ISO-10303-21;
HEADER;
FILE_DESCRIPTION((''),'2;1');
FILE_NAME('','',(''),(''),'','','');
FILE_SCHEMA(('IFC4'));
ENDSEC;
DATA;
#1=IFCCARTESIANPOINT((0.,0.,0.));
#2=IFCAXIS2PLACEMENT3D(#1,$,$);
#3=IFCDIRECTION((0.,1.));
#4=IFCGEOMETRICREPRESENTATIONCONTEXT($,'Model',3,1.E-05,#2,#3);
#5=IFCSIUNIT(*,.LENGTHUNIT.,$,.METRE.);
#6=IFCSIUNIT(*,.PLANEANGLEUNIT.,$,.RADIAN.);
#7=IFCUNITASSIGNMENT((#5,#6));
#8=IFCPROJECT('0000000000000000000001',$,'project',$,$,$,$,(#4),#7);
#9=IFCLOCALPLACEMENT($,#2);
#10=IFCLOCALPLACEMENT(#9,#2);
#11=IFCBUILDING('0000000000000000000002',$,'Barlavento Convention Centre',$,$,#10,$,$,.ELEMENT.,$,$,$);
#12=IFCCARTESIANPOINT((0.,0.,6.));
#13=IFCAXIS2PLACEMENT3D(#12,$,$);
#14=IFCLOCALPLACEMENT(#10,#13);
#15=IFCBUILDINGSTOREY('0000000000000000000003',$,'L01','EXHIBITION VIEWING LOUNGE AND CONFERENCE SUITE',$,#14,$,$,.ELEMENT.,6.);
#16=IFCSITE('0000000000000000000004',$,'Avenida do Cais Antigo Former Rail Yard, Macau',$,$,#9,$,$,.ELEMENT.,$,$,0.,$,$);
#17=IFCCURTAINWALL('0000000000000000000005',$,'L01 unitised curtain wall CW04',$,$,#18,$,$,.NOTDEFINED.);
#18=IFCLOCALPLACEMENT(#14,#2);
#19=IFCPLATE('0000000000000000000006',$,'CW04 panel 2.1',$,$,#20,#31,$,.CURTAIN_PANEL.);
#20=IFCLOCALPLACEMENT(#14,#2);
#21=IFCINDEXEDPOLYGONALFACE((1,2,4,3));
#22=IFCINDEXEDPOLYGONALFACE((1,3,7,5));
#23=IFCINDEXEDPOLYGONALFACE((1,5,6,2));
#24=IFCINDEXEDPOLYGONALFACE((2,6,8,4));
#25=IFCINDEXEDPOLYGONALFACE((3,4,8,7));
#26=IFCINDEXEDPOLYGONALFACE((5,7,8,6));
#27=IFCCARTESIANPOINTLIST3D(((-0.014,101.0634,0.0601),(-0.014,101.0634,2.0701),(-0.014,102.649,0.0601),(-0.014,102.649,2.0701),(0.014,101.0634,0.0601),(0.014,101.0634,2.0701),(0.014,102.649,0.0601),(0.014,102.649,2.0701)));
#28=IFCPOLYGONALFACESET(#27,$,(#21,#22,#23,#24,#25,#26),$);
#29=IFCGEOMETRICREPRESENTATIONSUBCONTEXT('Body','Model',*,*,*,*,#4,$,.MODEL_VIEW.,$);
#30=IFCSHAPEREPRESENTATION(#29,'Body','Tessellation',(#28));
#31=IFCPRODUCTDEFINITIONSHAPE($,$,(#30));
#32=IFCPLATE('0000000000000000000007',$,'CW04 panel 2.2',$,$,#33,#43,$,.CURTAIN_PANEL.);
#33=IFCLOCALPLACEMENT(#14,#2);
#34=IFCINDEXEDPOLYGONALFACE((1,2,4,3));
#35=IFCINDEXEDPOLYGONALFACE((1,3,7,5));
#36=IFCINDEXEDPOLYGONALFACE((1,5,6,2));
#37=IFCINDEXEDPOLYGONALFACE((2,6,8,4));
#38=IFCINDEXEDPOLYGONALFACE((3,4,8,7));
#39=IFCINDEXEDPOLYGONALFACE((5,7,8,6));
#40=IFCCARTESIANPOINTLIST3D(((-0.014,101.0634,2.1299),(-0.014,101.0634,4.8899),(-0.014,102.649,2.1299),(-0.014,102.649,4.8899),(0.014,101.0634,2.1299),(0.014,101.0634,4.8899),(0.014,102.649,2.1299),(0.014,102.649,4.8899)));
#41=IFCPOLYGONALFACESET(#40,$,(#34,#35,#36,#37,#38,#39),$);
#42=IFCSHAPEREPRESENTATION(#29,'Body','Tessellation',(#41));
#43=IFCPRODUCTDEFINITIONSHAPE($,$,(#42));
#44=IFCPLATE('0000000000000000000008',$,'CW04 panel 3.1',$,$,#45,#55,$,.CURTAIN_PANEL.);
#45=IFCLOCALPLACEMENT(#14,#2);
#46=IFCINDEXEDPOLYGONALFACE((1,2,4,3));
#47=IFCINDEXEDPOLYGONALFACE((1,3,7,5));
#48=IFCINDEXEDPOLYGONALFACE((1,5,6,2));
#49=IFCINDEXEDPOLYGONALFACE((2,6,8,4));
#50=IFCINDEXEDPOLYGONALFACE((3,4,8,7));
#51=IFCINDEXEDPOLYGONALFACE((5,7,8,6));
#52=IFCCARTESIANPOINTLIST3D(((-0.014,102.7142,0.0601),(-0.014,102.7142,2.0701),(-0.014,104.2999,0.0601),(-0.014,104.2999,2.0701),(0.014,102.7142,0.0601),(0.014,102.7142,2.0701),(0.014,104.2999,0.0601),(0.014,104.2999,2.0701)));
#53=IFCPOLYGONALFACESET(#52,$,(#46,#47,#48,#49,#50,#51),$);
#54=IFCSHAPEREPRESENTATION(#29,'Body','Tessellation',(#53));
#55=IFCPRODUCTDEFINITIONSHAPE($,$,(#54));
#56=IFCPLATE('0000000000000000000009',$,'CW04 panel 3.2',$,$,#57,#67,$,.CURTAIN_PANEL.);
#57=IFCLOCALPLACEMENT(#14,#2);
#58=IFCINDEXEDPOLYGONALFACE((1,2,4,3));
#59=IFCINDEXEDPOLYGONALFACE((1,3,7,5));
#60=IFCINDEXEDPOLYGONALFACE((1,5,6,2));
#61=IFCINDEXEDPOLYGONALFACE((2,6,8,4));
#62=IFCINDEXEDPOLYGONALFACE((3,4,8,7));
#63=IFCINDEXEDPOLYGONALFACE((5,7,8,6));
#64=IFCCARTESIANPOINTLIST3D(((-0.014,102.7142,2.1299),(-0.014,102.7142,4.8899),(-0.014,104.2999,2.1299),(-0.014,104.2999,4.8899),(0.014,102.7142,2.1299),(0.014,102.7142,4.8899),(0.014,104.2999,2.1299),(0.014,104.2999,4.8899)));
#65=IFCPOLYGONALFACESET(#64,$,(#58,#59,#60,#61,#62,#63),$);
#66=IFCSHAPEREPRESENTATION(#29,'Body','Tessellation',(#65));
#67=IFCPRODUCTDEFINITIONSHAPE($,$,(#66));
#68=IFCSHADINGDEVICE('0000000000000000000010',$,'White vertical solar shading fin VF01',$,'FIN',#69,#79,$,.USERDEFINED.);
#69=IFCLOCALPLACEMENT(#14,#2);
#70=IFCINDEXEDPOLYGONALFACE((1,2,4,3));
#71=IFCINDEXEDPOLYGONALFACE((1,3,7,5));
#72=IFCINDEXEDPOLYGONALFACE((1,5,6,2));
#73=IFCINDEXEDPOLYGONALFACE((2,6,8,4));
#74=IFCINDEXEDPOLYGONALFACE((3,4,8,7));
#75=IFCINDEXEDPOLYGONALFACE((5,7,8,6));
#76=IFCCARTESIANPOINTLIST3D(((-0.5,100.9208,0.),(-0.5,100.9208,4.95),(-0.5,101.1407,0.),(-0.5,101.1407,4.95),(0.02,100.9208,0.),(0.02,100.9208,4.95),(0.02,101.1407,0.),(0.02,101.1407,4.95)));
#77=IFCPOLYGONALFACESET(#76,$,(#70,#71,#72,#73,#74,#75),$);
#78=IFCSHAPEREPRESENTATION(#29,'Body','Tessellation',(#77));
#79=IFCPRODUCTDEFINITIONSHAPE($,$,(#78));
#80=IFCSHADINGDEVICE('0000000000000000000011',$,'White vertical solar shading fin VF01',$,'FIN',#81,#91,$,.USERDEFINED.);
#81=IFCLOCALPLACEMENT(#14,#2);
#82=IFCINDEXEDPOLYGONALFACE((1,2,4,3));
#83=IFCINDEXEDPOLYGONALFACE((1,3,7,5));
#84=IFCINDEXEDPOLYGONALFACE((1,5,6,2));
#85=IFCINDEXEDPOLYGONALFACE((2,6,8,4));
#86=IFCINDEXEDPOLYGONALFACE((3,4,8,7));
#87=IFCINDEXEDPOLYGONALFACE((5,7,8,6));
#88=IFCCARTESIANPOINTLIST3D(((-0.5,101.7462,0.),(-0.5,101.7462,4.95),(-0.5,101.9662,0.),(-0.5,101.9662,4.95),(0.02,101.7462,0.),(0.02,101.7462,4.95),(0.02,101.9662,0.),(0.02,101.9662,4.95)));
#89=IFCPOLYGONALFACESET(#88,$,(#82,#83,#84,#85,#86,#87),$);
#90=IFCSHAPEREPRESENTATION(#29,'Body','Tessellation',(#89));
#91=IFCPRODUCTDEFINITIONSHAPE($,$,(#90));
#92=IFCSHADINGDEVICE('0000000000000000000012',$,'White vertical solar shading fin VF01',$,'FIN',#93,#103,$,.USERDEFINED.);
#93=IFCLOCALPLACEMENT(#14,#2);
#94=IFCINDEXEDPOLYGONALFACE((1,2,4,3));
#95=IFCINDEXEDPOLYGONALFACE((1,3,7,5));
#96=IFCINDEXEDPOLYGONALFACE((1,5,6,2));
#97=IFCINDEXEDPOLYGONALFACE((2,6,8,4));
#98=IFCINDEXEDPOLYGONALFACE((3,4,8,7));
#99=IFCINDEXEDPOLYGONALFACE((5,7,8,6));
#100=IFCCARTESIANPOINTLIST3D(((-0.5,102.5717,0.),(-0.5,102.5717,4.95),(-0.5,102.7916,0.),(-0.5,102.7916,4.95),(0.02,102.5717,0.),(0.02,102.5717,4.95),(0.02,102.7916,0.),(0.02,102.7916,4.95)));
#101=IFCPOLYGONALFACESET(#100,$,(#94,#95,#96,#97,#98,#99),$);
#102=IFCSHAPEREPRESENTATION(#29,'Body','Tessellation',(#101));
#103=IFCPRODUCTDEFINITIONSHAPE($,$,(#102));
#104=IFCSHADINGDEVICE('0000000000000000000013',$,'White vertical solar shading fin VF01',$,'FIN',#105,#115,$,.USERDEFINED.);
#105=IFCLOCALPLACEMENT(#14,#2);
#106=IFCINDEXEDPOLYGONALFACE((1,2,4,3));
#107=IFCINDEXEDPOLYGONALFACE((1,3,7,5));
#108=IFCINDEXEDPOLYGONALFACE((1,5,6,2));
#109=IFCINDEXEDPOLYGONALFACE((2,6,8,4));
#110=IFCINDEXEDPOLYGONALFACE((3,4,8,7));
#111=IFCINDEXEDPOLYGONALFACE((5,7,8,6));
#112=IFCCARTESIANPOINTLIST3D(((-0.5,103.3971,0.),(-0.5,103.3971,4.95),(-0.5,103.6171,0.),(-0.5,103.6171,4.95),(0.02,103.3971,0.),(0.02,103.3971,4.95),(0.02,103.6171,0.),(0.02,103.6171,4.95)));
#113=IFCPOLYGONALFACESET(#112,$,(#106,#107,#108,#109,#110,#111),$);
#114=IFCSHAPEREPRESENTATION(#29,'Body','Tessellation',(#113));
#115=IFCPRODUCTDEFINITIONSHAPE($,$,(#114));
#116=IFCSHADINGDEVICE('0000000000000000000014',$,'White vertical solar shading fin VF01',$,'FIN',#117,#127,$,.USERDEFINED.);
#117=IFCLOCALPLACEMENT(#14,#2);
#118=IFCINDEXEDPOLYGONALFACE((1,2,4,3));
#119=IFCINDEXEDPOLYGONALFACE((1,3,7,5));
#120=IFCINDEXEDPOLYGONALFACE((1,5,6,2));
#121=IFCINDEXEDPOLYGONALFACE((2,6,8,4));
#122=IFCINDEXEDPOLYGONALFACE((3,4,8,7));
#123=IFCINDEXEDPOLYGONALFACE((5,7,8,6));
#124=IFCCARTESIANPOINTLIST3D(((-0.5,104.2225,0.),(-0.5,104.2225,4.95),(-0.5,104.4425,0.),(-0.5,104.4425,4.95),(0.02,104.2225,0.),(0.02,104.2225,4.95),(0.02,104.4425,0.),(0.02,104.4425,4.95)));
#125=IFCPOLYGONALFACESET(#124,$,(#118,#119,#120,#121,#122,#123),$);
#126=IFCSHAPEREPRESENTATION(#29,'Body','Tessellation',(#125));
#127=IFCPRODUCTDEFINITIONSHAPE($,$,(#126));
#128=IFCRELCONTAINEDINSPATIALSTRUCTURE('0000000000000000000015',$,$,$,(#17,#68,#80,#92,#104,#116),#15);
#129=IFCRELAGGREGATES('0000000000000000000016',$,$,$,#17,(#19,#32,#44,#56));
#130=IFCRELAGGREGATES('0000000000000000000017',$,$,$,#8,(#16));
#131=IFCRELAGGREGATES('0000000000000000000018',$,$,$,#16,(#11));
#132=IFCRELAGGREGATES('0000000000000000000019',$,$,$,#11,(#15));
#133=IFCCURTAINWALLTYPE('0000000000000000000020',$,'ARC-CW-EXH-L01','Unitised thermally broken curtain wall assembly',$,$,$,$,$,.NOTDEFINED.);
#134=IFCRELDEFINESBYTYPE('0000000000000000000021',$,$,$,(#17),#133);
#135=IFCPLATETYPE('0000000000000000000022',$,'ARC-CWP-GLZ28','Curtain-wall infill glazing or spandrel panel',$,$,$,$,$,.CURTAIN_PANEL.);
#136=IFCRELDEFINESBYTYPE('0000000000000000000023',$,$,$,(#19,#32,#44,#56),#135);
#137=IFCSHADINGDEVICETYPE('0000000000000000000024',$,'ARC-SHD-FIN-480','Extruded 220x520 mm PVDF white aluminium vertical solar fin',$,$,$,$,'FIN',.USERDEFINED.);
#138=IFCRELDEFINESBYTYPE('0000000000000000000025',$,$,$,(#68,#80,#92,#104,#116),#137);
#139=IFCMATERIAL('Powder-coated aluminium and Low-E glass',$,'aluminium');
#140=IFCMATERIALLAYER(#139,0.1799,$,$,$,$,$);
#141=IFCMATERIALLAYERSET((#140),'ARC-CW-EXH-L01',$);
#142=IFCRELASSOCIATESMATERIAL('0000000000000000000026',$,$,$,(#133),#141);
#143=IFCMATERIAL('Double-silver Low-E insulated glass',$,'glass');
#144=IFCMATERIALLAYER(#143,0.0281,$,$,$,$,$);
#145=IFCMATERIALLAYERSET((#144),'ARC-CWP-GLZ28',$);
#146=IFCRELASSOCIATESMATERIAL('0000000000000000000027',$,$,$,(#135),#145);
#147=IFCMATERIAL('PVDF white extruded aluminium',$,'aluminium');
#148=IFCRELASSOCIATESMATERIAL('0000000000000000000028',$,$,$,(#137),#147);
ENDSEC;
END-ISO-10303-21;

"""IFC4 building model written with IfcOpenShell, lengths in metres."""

from ifc_helpers import new_model, si_unit, direction, frame, origin, origin_2d, place, context, subcontext, project, spatial, rectangle, extrude, material, layer, layer_set, type_object, element, aggregate, save


model = new_model("IFC4")

# Units and contexts
model_context = context("Model", 3, precision=1e-05, world=origin(), true_north=direction((0.0, 1.0)))
body_context = subcontext(model_context, "Body", "Model", "MODEL_VIEW")
ifc_project = project(units=[si_unit("LENGTHUNIT", "METRE"), si_unit("PLANEANGLEUNIT", "RADIAN")], contexts=[model_context])

# Site, building, storey
site_placement = place(None, origin())
site = spatial("IfcSite", under=ifc_project, at=site_placement, Name="Avenida do Cais Antigo Former Rail Yard, Macau", CompositionType="ELEMENT", RefElevation=0.0)
building_placement = place(site_placement, origin())
building = spatial("IfcBuilding", under=site, at=building_placement, Name="Barlavento Convention Centre", CompositionType="ELEMENT")
storey_placement = place(building_placement, frame((0.0, 0.0, 6.0)))
storey = spatial("IfcBuildingStorey", under=building, at=storey_placement, Name="L01", Description="EXHIBITION VIEWING LOUNGE AND CONFERENCE SUITE", CompositionType="ELEMENT", Elevation=6.0)

# Curtain wall, plates
ifc_material_1 = material(Name="Powder-coated aluminium and Low-E glass", Category="aluminium")
ifc_layer_1 = layer(ifc_material_1, 0.1799)
ifc_layer_set_1 = layer_set([ifc_layer_1], Name="ARC-CW-EXH-L01")
curtain_wall_type = type_object("IfcCurtainWallType", Name="ARC-CW-EXH-L01", Description="Unitised thermally broken curtain wall assembly", PredefinedType="NOTDEFINED", material=ifc_layer_set_1)
curtain_wall_placement = place(storey_placement, origin())
curtain_wall = element("IfcCurtainWall", 1, at=curtain_wall_placement, inside=storey, type_object=curtain_wall_type, Name="L01 unitised curtain wall CW04", PredefinedType="NOTDEFINED")
ifc_material_2 = material(Name="Double-silver Low-E insulated glass", Category="glass")
ifc_layer_2 = layer(ifc_material_2, 0.0281)
ifc_layer_set_2 = layer_set([ifc_layer_2], Name="ARC-CWP-GLZ28")
plate_type = type_object("IfcPlateType", Name="ARC-CWP-GLZ28", Description="Curtain-wall infill glazing or spandrel panel", PredefinedType="CURTAIN_PANEL", material=ifc_layer_set_2)
plate_1_placement = place(storey_placement, frame((0.0, 101.8562, 0.0601), z_axis=(0.0, 0.0, 1.0), x_axis=(0.0, 1.0, 0.0)))
plate_1 = element("IfcPlate", 2, at=plate_1_placement, type_object=plate_type, Name="CW04 panel 2.1", PredefinedType="CURTAIN_PANEL", context=body_context, shape_type="SweptSolid", body=[
    extrude(rectangle(XDim=1.5857, YDim=0.0281, at=origin_2d()), origin(), (0.0, 0.0, 1.0), 2.01),
])
plate_2_placement = place(storey_placement, frame((0.0, 101.8562, 2.1299), z_axis=(0.0, 0.0, 1.0), x_axis=(0.0, 1.0, 0.0)))
plate_2 = element("IfcPlate", 3, at=plate_2_placement, type_object=plate_type, Name="CW04 panel 2.2", PredefinedType="CURTAIN_PANEL", context=body_context, shape_type="SweptSolid", body=[
    extrude(rectangle(XDim=1.5857, YDim=0.0281, at=origin_2d()), origin(), (0.0, 0.0, 1.0), 2.76),
])
plate_3_placement = place(storey_placement, frame((0.0, 103.5071, 0.0601), z_axis=(0.0, 0.0, 1.0), x_axis=(0.0, 1.0, 0.0)))
plate_3 = element("IfcPlate", 4, at=plate_3_placement, type_object=plate_type, Name="CW04 panel 3.1", PredefinedType="CURTAIN_PANEL", context=body_context, shape_type="SweptSolid", body=[
    extrude(rectangle(XDim=1.5857, YDim=0.0281, at=origin_2d()), origin(), (0.0, 0.0, 1.0), 2.01),
])
plate_4_placement = place(storey_placement, frame((0.0, 103.5071, 2.1299), z_axis=(0.0, 0.0, 1.0), x_axis=(0.0, 1.0, 0.0)))
plate_4 = element("IfcPlate", 5, at=plate_4_placement, type_object=plate_type, Name="CW04 panel 3.2", PredefinedType="CURTAIN_PANEL", context=body_context, shape_type="SweptSolid", body=[
    extrude(rectangle(XDim=1.5857, YDim=0.0281, at=origin_2d()), origin(), (0.0, 0.0, 1.0), 2.76),
])
aggregate(curtain_wall, [plate_1, plate_2, plate_3, plate_4])

# Shading devices
ifc_material_3 = material(Name="PVDF white extruded aluminium", Category="aluminium")
shading_device_type = type_object("IfcShadingDeviceType", Name="ARC-SHD-FIN-480", Description="Extruded 220x520 mm PVDF white aluminium vertical solar fin", ElementType="FIN", PredefinedType="USERDEFINED", material=ifc_material_3)
for number, where, z_axis, x_axis, name in (
    (6, (-0.24, 101.0308, 0.0), (0.0, 0.0, 1.0), (0.0, 1.0, 0.0), "White vertical solar shading fin VF01"),
    (7, (-0.24, 101.8562, 0.0), (0.0, 0.0, 1.0), (0.0, 1.0, 0.0), "White vertical solar shading fin VF01"),
    (8, (-0.24, 102.6816, 0.0), (0.0, 0.0, 1.0), (0.0, 1.0, 0.0), "White vertical solar shading fin VF01"),
    (9, (-0.24, 103.5071, 0.0), (0.0, 0.0, 1.0), (0.0, 1.0, 0.0), "White vertical solar shading fin VF01"),
    (10, (-0.24, 104.3325, 0.0), (0.0, 0.0, 1.0), (0.0, 1.0, 0.0), "White vertical solar shading fin VF01"),
):
    element("IfcShadingDevice", number, at=place(storey_placement, frame(where, z_axis=z_axis, x_axis=x_axis)), inside=storey, type_object=shading_device_type, Name=name, ObjectType="FIN", PredefinedType="USERDEFINED", context=body_context, shape_type="SweptSolid", body=[
        extrude(rectangle(XDim=0.22, YDim=0.52, at=origin_2d()), origin(), (0.0, 0.0, 1.0), 4.95),
    ])

save(model, "model.ifc")
